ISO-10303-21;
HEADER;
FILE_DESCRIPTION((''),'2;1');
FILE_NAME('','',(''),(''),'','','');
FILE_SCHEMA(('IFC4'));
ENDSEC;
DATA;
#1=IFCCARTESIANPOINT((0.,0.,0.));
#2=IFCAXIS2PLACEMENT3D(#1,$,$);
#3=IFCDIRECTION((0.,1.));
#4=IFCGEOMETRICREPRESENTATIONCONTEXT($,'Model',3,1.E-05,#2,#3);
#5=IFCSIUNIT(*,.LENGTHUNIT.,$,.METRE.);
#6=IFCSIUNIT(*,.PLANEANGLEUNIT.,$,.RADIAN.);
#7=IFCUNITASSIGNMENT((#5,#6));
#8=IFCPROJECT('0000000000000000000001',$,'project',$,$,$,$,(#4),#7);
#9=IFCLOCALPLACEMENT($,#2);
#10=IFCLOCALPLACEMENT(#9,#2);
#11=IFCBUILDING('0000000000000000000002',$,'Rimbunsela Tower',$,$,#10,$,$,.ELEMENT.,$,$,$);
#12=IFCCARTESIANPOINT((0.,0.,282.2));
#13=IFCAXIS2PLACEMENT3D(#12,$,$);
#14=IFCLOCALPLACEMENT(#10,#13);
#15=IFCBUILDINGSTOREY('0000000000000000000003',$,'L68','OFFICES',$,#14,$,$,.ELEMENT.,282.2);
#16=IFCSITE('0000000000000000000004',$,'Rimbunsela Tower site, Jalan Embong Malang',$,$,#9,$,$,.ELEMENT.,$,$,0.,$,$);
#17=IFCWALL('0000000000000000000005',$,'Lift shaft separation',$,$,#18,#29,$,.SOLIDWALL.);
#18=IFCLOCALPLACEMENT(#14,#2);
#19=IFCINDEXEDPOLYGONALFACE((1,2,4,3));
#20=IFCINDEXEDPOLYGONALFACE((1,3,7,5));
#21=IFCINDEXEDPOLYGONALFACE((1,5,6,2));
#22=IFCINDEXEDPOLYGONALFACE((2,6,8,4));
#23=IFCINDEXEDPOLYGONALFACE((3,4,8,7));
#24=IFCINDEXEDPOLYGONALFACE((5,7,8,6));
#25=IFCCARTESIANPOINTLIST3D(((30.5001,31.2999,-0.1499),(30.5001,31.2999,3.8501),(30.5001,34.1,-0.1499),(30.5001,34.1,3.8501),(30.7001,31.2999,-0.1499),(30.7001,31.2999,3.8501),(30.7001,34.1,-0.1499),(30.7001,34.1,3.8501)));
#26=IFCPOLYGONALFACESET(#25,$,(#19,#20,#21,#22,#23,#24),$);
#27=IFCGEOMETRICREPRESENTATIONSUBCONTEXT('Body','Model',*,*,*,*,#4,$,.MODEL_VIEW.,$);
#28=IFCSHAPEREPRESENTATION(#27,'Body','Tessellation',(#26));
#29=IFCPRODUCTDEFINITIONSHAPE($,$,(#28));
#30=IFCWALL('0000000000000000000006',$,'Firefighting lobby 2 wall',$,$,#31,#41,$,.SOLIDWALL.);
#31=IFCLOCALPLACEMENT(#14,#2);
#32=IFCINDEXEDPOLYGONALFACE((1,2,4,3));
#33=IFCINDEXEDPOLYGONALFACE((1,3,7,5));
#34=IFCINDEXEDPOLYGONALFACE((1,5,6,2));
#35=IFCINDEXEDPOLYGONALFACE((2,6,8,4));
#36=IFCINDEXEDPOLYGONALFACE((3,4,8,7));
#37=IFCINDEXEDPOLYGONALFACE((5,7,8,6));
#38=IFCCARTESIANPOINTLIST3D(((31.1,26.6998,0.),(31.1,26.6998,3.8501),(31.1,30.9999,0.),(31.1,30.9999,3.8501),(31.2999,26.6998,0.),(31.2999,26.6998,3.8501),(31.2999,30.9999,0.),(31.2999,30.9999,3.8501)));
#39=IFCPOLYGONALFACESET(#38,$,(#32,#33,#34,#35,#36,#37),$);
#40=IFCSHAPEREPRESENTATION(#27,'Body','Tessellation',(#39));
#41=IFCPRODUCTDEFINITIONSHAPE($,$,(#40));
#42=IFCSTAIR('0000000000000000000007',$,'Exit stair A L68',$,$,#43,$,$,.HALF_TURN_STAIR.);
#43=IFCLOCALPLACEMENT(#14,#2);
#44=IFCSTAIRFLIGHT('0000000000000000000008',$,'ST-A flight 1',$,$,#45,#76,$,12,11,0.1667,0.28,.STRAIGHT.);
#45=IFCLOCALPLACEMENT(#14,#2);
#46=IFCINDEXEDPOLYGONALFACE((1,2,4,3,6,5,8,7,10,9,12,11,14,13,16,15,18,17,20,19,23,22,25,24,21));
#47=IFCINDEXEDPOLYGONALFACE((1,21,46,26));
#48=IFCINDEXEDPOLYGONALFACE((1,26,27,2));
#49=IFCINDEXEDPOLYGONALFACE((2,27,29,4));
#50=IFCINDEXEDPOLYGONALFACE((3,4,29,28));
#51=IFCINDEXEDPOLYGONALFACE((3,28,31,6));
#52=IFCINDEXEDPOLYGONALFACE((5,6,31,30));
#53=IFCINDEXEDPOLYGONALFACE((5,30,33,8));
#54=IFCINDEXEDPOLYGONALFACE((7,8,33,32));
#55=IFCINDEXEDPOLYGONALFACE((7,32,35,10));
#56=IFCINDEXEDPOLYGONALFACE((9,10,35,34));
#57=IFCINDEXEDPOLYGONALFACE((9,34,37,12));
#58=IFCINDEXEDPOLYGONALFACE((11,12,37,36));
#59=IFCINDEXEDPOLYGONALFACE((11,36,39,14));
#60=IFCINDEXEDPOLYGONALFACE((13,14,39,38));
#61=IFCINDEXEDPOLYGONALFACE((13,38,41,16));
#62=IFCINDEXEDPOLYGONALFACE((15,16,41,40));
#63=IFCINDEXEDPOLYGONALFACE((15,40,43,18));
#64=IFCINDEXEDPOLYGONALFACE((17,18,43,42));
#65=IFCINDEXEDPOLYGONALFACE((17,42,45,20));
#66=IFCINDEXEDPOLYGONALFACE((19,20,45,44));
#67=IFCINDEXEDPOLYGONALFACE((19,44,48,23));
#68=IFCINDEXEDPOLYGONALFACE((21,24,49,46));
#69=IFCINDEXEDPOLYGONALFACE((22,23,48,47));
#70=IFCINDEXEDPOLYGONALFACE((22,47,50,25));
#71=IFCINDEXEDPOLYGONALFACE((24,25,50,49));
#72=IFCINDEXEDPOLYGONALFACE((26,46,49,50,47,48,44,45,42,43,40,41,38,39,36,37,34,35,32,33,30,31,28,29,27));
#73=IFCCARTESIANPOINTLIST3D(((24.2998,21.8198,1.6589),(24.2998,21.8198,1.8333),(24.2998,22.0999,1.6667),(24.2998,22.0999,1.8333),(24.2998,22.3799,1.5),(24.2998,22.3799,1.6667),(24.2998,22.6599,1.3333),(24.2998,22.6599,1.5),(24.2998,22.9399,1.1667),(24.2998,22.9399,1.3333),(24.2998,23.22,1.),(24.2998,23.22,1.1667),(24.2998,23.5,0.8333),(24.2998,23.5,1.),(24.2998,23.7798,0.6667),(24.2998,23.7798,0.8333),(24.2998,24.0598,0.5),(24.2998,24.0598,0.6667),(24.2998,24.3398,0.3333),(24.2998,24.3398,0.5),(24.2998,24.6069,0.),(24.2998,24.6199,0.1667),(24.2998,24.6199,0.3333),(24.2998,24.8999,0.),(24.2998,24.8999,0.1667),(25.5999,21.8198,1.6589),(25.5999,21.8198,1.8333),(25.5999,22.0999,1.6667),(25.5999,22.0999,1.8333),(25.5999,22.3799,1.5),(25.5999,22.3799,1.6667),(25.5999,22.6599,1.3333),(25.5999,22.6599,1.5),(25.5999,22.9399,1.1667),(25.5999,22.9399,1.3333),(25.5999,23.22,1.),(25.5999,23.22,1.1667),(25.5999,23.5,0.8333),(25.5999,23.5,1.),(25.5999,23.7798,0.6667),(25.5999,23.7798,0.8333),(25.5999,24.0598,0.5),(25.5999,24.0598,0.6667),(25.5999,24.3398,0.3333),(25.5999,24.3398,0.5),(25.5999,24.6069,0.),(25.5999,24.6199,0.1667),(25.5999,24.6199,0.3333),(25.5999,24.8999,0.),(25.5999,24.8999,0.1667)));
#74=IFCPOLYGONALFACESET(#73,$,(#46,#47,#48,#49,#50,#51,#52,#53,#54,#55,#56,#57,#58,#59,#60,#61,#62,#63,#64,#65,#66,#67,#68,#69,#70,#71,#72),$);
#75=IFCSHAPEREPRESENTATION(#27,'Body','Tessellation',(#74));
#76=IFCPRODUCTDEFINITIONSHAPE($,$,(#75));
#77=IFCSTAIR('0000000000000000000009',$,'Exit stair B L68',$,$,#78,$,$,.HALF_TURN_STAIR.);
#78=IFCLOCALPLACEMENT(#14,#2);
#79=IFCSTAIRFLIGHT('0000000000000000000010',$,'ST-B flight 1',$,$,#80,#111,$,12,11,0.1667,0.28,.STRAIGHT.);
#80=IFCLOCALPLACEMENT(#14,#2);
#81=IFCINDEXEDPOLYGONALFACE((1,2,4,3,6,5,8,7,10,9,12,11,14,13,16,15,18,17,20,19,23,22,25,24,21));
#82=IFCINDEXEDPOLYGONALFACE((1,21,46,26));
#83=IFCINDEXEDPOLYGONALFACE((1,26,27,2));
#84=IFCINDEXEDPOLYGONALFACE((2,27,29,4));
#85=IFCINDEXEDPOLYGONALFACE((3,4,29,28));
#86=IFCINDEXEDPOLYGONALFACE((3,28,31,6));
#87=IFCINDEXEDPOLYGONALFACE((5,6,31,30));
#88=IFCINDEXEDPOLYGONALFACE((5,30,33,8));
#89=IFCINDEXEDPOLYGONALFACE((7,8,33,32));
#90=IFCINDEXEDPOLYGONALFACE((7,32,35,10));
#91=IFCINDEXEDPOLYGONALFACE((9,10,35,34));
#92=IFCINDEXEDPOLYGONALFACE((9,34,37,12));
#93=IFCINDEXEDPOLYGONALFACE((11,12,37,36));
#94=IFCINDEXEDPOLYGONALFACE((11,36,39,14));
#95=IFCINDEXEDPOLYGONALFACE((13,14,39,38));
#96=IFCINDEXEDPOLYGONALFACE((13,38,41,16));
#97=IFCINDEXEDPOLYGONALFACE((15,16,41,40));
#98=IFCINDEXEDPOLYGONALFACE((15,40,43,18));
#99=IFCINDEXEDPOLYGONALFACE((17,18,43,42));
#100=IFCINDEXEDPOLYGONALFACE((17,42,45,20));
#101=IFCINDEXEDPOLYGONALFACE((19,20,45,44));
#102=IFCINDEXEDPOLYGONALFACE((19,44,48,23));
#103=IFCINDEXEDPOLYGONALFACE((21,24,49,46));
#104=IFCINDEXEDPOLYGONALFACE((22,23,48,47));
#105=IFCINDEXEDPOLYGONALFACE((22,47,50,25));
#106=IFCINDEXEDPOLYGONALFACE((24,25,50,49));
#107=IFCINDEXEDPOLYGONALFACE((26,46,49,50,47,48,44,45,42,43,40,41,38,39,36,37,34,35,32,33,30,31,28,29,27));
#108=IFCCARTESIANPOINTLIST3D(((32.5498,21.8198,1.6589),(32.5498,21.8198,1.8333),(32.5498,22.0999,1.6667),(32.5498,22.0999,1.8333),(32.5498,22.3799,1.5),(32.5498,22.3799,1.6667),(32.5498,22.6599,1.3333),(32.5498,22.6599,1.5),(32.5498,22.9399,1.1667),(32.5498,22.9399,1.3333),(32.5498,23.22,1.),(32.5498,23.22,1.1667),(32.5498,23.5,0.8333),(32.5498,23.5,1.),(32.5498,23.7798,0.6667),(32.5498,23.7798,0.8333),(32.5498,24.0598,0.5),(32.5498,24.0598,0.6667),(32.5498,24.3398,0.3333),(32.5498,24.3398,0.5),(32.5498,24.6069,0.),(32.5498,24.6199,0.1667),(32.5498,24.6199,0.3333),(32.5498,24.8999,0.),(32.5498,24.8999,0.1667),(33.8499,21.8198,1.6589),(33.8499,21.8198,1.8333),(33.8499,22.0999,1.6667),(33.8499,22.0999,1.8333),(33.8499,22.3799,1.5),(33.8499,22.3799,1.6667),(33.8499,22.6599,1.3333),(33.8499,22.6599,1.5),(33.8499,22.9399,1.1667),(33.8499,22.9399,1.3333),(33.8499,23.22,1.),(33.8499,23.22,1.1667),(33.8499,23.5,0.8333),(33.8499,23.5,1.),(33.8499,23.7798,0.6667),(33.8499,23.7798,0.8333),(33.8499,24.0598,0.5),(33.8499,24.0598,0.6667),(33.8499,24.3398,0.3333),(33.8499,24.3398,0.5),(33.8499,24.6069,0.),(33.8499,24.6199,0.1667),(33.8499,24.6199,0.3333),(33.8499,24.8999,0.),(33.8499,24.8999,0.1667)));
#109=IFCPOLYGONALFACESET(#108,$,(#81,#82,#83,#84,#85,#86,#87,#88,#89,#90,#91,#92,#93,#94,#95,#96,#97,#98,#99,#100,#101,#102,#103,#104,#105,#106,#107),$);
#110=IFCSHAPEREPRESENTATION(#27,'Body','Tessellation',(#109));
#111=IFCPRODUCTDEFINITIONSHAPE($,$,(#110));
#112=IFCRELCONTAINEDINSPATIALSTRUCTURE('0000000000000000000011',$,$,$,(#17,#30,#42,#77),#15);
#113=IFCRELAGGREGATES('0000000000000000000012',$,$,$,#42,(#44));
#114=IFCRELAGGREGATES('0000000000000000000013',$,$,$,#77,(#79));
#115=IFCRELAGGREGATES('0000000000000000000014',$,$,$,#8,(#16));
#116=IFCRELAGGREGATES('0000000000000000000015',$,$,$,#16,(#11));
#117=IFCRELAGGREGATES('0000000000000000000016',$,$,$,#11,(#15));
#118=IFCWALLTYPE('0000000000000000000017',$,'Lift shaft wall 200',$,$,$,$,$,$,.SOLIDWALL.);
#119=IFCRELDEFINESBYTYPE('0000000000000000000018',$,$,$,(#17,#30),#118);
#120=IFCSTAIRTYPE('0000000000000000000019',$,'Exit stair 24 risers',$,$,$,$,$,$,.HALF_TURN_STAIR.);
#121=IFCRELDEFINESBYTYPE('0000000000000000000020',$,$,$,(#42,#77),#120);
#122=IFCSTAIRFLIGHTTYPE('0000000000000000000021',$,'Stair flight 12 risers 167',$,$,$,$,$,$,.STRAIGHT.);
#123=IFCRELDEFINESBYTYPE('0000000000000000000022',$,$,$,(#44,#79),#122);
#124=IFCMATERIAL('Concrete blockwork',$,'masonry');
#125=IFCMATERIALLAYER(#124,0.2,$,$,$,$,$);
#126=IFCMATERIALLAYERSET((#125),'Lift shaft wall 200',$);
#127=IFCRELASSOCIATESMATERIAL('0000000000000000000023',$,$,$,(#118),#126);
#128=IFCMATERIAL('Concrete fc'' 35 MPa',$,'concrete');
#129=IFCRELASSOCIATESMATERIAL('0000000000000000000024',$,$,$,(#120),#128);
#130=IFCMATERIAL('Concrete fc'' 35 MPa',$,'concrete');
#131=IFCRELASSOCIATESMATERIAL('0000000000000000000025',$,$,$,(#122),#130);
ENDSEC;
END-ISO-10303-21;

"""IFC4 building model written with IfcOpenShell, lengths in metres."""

from ifc_helpers import new_model, si_unit, direction, frame, frame_2d, origin, place, context, subcontext, project, spatial, polyline, rectangle, outline, extrude, material, layer, layer_set, type_object, element, aggregate, save


model = new_model("IFC4")

# Units and contexts
model_context = context("Model", 3, precision=1e-05, world=origin(), true_north=direction((0.0, 1.0)))
body_context = subcontext(model_context, "Body", "Model", "MODEL_VIEW")
ifc_project = project(units=[si_unit("LENGTHUNIT", "METRE"), si_unit("PLANEANGLEUNIT", "RADIAN")], contexts=[model_context])

# Site, building, storey
site_placement = place(None, origin())
site = spatial("IfcSite", under=ifc_project, at=site_placement, Name="Rimbunsela Tower site, Jalan Embong Malang", CompositionType="ELEMENT", RefElevation=0.0)
building_placement = place(site_placement, origin())
building = spatial("IfcBuilding", under=site, at=building_placement, Name="Rimbunsela Tower", CompositionType="ELEMENT")
storey_placement = place(building_placement, frame((0.0, 0.0, 282.2)))
storey = spatial("IfcBuildingStorey", under=building, at=storey_placement, Name="L68", Description="OFFICES", CompositionType="ELEMENT", Elevation=282.2)

# Walls
ifc_material_1 = material(Name="Concrete blockwork", Category="masonry")
ifc_layer_1 = layer(ifc_material_1, 0.2)
ifc_layer_set_1 = layer_set([ifc_layer_1], Name="Lift shaft wall 200")
wall_type_1 = type_object("IfcWallType", Name="Lift shaft wall 200", PredefinedType="SOLIDWALL", material=ifc_layer_set_1)
for number, where, z_axis, x_axis, name in (
    (1, (30.6001, 31.3, -0.1499), (0.0, 0.0, 1.0), (0.0, 1.0, 0.0), "Lift shaft separation"),
):
    element("IfcWall", number, at=place(storey_placement, frame(where, z_axis=z_axis, x_axis=x_axis)), inside=storey, type_object=wall_type_1, Name=name, PredefinedType="SOLIDWALL", context=body_context, shape_type="SweptSolid", body=[
        extrude(rectangle(XDim=2.8, YDim=0.2, at=frame_2d((1.3999, 0.0))), origin(), (0.0, 0.0, 1.0), 4.0),
    ])
wall_1_placement = place(storey_placement, frame((31.2, 26.7, 0.0), z_axis=(0.0, 0.0, 1.0), x_axis=(0.0, 1.0, 0.0)))
element("IfcWall", 2, at=wall_1_placement, inside=storey, type_object=wall_type_1, Name="Firefighting lobby 2 wall", PredefinedType="SOLIDWALL", context=body_context, shape_type="SweptSolid", body=[
    extrude(rectangle(XDim=4.3, YDim=0.2, at=frame_2d((2.1499, 0.0))), origin(), (0.0, 0.0, 1.0), 3.8501),
])

# Stairs, stair flights
ifc_material_2 = material(Name="Concrete fc' 35 MPa", Category="concrete")
stair_type = type_object("IfcStairType", Name="Exit stair 24 risers", PredefinedType="HALF_TURN_STAIR", material=ifc_material_2)
stair_1_placement = place(storey_placement, origin())
stair_1 = element("IfcStair", 3, at=stair_1_placement, inside=storey, type_object=stair_type, Name="Exit stair A L68", PredefinedType="HALF_TURN_STAIR")
ifc_material_3 = material(Name="Concrete fc' 35 MPa", Category="concrete")
stair_flight_type = type_object("IfcStairFlightType", Name="Stair flight 12 risers 167", PredefinedType="STRAIGHT", material=ifc_material_3)
stair_flight_1_placement = place(storey_placement, frame((24.95, 24.8999, 0.0), z_axis=(0.0, 0.0, 1.0), x_axis=(0.0, -1.0, 0.0)))
stair_flight_1 = element("IfcStairFlight", 4, at=stair_flight_1_placement, type_object=stair_flight_type, Name="ST-A flight 1", NumberOfRisers=12, NumberOfTreads=11, PredefinedType="STRAIGHT", RiserHeight=0.1667, TreadLength=0.28, context=body_context, shape_type="SweptSolid", body=[
    extrude(outline(polyline([(0.0, 0.0), (0.0, 0.1667), (0.28, 0.1667), (0.28, 0.3333), (0.5601, 0.3333), (0.5601, 0.5), (0.8401, 0.5), (0.8401, 0.6667), (1.1201, 0.6667), (1.1201, 0.8333), (1.3999, 0.8333), (1.3999, 1.0), (1.6799, 1.0), (1.6799, 1.1667), (1.96, 1.1667), (1.96, 1.3333), (2.24, 1.3333), (2.24, 1.5), (2.52, 1.5), (2.52, 1.6667), (2.8, 1.6667), (2.8, 1.8333), (3.0801, 1.8333), (3.0801, 2.0), (3.0801, 1.6589), (0.293, 0.0), (0.0, 0.0)])), frame((0.0, 0.6499, 0.0), z_axis=(0.0, -1.0, 0.0), x_axis=(1.0, 0.0, 0.0)), (0.0, 0.0, 1.0), 1.3),
])
aggregate(stair_1, [stair_flight_1])
stair_2_placement = place(storey_placement, origin())
stair_2 = element("IfcStair", 5, at=stair_2_placement, inside=storey, type_object=stair_type, Name="Exit stair B L68", PredefinedType="HALF_TURN_STAIR")
stair_flight_2_placement = place(storey_placement, frame((33.2, 24.8999, 0.0), z_axis=(0.0, 0.0, 1.0), x_axis=(0.0, -1.0, 0.0)))
stair_flight_2 = element("IfcStairFlight", 6, at=stair_flight_2_placement, type_object=stair_flight_type, Name="ST-B flight 1", NumberOfRisers=12, NumberOfTreads=11, PredefinedType="STRAIGHT", RiserHeight=0.1667, TreadLength=0.28, context=body_context, shape_type="SweptSolid", body=[
    extrude(outline(polyline([(0.0, 0.0), (0.0, 0.1667), (0.28, 0.1667), (0.28, 0.3333), (0.5601, 0.3333), (0.5601, 0.5), (0.8401, 0.5), (0.8401, 0.6667), (1.1201, 0.6667), (1.1201, 0.8333), (1.3999, 0.8333), (1.3999, 1.0), (1.6799, 1.0), (1.6799, 1.1667), (1.96, 1.1667), (1.96, 1.3333), (2.24, 1.3333), (2.24, 1.5), (2.52, 1.5), (2.52, 1.6667), (2.8, 1.6667), (2.8, 1.8333), (3.0801, 1.8333), (3.0801, 2.0), (3.0801, 1.6589), (0.293, 0.0), (0.0, 0.0)])), frame((0.0, 0.6499, 0.0), z_axis=(0.0, -1.0, 0.0), x_axis=(1.0, 0.0, 0.0)), (0.0, 0.0, 1.0), 1.3),
])
aggregate(stair_2, [stair_flight_2])

save(model, "model.ifc")
